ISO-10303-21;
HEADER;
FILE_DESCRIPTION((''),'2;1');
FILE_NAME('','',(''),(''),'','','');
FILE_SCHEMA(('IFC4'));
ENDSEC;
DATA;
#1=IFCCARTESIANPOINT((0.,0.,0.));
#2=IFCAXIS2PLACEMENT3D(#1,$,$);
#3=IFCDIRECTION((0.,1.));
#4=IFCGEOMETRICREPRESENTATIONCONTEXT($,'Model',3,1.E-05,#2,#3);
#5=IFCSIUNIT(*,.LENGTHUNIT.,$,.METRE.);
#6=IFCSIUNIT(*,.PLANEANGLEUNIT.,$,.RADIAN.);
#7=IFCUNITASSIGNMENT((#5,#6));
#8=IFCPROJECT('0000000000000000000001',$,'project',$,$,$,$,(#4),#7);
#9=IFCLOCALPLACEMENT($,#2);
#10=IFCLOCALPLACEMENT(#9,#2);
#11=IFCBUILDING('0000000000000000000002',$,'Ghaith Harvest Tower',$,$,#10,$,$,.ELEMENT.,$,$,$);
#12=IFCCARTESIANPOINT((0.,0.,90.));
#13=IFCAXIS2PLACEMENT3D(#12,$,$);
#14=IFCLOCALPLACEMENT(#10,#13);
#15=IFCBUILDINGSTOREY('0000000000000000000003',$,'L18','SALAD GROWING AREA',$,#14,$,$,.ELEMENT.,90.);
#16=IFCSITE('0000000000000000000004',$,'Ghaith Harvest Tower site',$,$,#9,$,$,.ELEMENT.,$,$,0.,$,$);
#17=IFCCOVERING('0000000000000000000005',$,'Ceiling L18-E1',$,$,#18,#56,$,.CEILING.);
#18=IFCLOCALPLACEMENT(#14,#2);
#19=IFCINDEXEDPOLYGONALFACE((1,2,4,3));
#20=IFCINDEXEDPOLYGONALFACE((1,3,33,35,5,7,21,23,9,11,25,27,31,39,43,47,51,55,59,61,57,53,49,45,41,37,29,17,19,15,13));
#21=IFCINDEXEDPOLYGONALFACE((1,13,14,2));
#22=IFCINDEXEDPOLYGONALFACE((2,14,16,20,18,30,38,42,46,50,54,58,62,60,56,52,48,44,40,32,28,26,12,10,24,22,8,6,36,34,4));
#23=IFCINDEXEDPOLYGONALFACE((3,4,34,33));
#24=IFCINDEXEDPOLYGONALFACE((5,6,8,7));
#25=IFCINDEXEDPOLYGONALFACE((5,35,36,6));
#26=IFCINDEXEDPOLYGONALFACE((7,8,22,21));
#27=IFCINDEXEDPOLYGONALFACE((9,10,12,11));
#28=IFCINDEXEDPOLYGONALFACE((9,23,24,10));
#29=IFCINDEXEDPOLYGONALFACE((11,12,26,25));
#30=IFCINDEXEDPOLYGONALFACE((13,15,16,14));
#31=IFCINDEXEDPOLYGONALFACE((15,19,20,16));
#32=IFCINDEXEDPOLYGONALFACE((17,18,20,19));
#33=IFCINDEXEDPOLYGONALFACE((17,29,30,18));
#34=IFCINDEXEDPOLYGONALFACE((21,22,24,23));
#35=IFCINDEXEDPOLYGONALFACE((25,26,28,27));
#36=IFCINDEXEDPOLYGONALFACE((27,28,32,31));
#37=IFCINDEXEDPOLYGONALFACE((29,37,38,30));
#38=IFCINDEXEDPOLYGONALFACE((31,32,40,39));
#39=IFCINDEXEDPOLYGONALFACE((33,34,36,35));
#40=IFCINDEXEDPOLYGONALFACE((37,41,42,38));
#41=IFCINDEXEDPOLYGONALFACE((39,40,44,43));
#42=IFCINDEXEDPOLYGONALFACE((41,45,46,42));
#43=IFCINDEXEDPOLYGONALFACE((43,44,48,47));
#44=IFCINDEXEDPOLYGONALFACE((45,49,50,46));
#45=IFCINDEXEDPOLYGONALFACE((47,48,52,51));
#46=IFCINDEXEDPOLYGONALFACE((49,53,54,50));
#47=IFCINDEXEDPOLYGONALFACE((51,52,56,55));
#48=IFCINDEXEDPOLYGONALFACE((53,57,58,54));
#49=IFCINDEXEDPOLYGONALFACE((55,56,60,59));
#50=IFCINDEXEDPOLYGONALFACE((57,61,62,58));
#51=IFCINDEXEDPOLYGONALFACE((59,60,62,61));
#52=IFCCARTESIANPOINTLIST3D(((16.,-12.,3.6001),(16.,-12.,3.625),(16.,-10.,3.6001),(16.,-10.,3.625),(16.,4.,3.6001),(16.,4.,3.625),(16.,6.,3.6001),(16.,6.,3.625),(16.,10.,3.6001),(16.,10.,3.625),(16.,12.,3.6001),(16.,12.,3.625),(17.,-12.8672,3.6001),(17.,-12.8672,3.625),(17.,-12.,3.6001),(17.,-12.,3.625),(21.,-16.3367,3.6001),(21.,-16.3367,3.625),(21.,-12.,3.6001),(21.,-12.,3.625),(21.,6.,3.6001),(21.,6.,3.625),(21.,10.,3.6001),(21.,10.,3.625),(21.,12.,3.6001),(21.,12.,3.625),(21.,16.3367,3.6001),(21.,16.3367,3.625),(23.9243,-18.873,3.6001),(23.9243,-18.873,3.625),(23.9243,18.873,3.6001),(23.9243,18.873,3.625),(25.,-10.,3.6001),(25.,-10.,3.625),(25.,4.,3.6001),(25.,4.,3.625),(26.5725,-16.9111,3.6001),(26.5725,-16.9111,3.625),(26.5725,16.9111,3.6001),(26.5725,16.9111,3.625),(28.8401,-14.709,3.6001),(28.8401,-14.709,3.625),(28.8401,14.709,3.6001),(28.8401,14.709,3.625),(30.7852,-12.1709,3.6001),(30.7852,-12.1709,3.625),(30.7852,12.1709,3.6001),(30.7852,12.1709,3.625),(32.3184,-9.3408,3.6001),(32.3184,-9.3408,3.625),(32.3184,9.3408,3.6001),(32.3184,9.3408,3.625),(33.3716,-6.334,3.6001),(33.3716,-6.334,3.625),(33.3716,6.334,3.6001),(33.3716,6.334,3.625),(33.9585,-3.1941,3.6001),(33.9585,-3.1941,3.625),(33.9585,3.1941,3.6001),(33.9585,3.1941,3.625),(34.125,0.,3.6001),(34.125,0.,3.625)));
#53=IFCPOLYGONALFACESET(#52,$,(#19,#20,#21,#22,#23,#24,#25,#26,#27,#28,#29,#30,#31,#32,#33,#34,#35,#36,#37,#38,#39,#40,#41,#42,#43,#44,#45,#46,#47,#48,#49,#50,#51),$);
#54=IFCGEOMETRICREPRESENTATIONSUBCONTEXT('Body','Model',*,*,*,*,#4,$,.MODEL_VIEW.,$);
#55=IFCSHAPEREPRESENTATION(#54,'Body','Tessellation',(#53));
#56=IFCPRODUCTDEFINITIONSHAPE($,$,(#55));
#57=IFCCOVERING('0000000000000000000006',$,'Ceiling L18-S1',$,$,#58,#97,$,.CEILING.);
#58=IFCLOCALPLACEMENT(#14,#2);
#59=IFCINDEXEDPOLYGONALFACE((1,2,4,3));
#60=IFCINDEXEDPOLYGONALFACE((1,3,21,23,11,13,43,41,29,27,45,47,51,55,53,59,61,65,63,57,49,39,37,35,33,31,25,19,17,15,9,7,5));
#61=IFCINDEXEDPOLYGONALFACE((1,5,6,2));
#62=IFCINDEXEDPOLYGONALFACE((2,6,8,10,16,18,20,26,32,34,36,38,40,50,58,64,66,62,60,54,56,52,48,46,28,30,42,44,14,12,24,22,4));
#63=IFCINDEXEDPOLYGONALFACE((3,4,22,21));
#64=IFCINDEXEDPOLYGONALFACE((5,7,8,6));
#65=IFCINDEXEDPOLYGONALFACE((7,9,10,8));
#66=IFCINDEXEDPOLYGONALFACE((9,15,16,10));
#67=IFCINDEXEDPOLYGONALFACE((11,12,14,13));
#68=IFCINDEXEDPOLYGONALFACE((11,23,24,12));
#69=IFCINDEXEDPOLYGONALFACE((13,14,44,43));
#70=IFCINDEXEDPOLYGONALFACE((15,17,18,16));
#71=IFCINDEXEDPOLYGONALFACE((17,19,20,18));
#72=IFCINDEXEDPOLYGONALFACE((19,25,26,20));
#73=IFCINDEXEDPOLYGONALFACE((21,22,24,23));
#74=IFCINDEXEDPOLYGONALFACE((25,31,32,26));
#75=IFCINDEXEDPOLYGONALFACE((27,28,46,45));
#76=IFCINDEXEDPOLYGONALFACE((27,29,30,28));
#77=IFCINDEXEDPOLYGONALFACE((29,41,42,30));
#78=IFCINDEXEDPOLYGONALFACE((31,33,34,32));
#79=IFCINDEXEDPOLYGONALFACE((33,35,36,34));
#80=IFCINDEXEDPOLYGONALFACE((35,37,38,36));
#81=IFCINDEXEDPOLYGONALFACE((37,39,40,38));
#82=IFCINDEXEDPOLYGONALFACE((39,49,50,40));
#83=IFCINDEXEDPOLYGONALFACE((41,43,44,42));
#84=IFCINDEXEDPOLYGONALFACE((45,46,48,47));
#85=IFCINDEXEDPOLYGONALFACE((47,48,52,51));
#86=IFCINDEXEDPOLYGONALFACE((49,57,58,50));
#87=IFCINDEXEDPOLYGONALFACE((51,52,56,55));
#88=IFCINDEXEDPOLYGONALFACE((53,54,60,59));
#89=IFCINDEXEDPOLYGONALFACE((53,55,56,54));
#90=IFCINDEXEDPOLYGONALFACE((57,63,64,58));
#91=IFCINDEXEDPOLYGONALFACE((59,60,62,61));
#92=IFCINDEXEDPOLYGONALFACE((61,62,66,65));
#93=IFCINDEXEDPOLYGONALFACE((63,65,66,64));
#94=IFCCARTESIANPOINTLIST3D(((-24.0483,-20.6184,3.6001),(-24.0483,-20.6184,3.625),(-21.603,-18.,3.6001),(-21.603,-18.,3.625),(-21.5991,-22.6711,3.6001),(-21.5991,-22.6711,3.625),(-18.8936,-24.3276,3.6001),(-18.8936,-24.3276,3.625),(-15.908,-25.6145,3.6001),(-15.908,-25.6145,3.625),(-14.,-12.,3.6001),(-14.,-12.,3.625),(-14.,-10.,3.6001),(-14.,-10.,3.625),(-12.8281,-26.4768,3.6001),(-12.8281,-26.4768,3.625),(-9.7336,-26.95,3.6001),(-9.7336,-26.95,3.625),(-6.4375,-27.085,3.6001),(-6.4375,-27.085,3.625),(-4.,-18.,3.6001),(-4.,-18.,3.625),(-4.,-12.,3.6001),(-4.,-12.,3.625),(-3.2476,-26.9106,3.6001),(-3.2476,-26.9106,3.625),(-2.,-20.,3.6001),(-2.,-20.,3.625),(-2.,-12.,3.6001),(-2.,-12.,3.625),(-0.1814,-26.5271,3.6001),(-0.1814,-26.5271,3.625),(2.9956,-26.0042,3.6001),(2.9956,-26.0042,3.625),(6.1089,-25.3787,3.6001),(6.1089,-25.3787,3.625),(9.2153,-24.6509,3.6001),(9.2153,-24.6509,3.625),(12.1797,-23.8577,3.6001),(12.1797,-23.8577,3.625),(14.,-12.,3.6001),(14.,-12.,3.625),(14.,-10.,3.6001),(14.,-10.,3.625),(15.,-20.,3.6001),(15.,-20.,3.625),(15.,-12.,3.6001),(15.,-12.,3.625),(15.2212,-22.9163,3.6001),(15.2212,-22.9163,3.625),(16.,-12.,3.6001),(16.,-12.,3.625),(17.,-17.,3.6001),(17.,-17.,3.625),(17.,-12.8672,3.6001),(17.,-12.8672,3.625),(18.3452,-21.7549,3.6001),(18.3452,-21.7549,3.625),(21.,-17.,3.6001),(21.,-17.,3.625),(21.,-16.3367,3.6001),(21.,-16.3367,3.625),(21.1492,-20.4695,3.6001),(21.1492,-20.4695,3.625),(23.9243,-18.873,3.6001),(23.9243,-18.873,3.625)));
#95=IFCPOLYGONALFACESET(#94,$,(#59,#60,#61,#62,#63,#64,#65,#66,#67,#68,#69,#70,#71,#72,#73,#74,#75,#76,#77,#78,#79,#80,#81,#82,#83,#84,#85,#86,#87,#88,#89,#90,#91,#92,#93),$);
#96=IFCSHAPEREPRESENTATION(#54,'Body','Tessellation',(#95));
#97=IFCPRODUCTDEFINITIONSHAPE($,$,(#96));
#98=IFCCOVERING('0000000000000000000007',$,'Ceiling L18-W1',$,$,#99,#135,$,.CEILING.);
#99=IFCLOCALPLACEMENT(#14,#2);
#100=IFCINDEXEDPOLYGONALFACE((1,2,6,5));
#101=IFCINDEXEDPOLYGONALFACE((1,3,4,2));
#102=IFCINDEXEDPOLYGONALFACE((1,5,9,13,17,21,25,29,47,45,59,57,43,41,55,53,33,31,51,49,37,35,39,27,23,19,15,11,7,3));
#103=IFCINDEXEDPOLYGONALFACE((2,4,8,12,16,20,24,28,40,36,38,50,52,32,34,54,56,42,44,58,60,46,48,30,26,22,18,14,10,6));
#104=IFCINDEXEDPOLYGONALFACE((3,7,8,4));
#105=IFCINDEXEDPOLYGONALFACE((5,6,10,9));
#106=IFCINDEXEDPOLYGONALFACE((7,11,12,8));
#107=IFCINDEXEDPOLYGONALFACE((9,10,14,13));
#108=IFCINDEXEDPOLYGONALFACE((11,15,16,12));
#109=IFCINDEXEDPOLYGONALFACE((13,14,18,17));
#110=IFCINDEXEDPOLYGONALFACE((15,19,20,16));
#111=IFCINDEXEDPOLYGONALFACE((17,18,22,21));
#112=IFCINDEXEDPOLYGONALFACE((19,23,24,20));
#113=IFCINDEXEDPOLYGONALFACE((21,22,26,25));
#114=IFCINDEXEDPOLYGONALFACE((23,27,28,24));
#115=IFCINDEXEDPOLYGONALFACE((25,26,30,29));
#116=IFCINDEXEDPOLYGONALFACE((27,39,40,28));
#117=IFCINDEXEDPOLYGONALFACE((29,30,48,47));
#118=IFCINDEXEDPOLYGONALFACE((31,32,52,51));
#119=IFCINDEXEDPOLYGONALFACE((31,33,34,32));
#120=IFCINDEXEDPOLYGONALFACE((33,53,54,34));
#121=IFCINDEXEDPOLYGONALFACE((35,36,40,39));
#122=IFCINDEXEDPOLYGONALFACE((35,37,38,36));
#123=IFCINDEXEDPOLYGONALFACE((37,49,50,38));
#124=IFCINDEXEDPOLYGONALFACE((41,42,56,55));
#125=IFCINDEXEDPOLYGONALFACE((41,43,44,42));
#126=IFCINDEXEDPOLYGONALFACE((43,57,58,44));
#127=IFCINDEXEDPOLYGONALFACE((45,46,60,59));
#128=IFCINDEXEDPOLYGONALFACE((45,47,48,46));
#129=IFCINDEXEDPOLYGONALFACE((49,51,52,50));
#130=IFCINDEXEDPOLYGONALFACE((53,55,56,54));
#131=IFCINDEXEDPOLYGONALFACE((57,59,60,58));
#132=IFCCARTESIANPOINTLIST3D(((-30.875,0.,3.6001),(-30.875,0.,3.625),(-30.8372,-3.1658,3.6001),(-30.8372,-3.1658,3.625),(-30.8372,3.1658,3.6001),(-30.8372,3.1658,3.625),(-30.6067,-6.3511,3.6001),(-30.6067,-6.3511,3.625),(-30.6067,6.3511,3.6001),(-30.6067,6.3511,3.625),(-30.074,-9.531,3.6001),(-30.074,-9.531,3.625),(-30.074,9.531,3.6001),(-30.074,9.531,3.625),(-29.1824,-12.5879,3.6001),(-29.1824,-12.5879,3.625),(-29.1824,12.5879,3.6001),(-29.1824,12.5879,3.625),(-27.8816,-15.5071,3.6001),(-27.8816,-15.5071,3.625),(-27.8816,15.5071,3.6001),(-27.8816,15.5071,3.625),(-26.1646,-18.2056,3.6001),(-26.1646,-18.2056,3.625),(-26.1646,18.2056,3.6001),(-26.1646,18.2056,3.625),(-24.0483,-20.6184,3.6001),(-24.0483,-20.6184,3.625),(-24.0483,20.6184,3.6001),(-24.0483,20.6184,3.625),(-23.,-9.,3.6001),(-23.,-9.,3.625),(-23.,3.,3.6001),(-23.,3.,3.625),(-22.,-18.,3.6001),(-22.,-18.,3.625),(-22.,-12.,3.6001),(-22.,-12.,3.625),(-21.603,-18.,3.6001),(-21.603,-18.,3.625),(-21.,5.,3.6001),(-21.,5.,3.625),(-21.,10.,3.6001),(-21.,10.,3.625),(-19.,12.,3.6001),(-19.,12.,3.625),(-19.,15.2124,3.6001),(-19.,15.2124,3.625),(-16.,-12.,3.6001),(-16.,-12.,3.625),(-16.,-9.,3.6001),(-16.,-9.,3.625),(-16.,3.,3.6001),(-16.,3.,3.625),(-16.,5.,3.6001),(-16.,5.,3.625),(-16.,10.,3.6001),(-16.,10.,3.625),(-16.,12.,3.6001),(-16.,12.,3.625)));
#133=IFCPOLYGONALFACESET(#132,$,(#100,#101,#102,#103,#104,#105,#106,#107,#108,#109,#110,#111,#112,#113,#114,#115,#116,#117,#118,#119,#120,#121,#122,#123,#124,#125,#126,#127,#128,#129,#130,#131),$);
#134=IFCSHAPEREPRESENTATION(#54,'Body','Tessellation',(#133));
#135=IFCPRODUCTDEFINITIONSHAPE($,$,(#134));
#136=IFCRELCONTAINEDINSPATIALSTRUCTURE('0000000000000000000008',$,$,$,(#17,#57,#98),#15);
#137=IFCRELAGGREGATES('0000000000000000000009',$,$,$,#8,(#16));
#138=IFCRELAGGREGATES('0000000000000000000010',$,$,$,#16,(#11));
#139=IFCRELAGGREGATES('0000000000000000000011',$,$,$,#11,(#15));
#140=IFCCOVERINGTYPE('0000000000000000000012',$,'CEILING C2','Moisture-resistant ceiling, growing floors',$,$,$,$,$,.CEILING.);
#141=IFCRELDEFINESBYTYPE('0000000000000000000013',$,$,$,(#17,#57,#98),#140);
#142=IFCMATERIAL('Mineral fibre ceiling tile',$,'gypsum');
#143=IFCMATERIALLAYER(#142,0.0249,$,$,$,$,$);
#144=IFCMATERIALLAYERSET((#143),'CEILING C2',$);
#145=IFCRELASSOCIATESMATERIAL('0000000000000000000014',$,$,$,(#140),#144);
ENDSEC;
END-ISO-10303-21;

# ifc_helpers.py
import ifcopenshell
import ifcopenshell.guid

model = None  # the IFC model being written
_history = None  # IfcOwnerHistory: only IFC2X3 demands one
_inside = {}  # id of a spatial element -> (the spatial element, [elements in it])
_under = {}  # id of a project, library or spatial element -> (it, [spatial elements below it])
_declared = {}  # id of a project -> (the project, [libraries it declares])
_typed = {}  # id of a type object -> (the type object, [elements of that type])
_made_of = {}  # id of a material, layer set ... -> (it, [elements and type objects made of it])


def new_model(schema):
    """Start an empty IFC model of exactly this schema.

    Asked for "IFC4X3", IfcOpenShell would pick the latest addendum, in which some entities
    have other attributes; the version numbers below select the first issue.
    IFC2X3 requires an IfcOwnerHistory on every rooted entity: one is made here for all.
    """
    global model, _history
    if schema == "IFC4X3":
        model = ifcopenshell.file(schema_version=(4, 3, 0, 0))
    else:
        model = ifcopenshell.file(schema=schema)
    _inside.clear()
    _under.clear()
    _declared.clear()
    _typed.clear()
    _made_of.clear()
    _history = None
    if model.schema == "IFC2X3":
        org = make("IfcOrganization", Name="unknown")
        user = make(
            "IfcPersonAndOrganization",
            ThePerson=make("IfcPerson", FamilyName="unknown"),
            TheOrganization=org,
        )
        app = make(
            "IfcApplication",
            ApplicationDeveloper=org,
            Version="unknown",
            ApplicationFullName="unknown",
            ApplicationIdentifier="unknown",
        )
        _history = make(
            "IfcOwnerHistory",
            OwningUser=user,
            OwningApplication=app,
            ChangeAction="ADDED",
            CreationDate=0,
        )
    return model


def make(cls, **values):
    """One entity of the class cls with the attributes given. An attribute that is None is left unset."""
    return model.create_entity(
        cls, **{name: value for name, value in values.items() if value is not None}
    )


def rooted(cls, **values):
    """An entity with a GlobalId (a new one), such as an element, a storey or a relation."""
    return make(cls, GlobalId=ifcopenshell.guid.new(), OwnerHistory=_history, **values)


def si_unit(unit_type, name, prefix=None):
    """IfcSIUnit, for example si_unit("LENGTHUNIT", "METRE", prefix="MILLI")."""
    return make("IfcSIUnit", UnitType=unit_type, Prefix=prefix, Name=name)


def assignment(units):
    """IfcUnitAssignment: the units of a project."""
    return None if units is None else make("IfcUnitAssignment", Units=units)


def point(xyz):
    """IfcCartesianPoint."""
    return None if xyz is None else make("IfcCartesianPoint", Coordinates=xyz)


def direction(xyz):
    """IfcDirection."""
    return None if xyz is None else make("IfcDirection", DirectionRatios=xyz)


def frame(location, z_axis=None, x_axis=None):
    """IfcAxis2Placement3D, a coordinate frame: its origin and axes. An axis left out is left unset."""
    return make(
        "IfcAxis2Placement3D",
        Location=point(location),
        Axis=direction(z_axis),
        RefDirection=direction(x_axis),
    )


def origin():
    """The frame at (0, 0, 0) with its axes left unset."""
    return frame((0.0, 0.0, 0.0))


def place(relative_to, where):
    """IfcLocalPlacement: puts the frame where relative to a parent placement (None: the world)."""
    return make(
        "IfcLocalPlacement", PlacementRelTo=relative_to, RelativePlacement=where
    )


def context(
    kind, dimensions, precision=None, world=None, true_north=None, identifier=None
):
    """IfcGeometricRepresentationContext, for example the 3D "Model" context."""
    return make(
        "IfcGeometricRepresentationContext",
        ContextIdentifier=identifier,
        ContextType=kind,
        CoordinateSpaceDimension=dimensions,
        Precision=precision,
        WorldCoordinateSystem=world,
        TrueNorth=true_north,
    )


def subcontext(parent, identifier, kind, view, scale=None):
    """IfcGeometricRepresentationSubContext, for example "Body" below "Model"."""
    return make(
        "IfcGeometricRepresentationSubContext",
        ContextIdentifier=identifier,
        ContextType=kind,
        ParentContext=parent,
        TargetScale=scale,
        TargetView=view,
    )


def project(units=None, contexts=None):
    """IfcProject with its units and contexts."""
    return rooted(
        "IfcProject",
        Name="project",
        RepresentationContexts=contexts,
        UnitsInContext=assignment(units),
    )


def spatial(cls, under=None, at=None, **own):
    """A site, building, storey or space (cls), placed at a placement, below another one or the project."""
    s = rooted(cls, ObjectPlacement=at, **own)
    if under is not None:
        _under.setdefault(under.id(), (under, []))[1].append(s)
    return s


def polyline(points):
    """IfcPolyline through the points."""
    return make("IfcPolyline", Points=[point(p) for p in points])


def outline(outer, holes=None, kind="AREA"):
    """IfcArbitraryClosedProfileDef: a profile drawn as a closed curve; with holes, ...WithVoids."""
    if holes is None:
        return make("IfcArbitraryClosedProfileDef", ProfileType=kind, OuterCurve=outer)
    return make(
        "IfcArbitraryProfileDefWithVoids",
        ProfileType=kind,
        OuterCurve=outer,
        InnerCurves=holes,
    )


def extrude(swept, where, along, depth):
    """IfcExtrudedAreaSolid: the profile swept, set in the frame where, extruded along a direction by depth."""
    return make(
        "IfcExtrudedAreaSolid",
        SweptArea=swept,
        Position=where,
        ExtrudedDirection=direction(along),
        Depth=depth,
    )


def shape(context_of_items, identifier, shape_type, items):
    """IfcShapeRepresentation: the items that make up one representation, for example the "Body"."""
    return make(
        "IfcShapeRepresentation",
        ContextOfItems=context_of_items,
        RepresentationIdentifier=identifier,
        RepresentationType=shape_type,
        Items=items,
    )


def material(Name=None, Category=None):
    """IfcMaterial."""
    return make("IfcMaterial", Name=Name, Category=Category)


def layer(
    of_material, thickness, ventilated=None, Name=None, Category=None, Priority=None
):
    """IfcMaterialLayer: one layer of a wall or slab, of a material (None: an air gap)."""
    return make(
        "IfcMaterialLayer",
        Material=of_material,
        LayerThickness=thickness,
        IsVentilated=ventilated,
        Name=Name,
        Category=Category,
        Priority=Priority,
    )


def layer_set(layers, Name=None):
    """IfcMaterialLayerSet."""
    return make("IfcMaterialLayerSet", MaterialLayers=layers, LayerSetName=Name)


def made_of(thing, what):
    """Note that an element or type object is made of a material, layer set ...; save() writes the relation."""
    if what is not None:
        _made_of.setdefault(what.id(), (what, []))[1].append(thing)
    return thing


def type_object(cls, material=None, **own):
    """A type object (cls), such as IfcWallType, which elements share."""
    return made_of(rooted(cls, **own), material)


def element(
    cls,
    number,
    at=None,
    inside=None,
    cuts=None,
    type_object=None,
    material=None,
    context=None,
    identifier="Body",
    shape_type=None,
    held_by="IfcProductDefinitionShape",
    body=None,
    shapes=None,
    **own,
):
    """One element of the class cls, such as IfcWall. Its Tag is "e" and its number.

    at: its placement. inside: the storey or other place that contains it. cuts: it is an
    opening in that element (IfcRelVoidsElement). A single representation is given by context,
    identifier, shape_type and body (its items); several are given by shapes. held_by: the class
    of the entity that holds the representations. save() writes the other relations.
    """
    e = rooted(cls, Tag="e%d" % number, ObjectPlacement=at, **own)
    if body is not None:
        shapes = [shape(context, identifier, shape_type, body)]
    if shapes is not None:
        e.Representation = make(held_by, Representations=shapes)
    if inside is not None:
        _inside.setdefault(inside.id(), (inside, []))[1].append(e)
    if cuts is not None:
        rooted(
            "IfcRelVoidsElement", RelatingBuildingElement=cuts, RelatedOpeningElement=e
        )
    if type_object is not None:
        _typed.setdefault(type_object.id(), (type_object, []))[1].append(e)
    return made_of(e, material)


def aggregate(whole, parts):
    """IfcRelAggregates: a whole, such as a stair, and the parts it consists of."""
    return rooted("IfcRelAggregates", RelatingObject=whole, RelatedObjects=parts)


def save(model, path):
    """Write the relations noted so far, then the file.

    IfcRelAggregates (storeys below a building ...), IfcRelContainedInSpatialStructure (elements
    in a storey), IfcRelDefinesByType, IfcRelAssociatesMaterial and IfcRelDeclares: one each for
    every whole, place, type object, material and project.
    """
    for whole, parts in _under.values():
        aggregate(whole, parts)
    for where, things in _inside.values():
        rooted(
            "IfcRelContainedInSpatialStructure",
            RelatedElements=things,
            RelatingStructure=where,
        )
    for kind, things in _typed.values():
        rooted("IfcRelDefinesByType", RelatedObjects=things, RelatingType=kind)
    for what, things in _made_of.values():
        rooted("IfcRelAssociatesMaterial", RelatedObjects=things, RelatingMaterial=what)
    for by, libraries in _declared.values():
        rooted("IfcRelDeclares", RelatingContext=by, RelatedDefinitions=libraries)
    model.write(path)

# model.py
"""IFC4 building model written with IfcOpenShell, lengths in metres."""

from ifc_helpers import new_model, si_unit, direction, frame, origin, place, context, subcontext, project, spatial, polyline, outline, extrude, material, layer, layer_set, type_object, element, save


model = new_model("IFC4")

# Units and contexts
model_context = context("Model", 3, precision=1e-05, world=origin(), true_north=direction((0.0, 1.0)))
body_context = subcontext(model_context, "Body", "Model", "MODEL_VIEW")
ifc_project = project(units=[si_unit("LENGTHUNIT", "METRE"), si_unit("PLANEANGLEUNIT", "RADIAN")], contexts=[model_context])

# Site, building, storey
site_placement = place(None, origin())
site = spatial("IfcSite", under=ifc_project, at=site_placement, Name="Ghaith Harvest Tower site", CompositionType="ELEMENT", RefElevation=0.0)
building_placement = place(site_placement, origin())
building = spatial("IfcBuilding", under=site, at=building_placement, Name="Ghaith Harvest Tower", CompositionType="ELEMENT")
storey_placement = place(building_placement, frame((0.0, 0.0, 90.0)))
storey = spatial("IfcBuildingStorey", under=building, at=storey_placement, Name="L18", Description="SALAD GROWING AREA", CompositionType="ELEMENT", Elevation=90.0)

# Coverings
ifc_material_1 = material(Name="Mineral fibre ceiling tile", Category="gypsum")
ifc_layer_1 = layer(ifc_material_1, 0.0249)
ifc_layer_set_1 = layer_set([ifc_layer_1], Name="CEILING C2")
covering_type = type_object("IfcCoveringType", Name="CEILING C2", Description="Moisture-resistant ceiling, growing floors", PredefinedType="CEILING", material=ifc_layer_set_1)
covering_1_placement = place(storey_placement, frame((0.0, 0.0, 3.6001)))
element("IfcCovering", 1, at=covering_1_placement, inside=storey, type_object=covering_type, Name="Ceiling L18-E1", PredefinedType="CEILING", context=body_context, shape_type="SweptSolid", body=[
    extrude(outline(polyline([(26.5725, 16.9111), (28.8401, 14.709), (30.7852, 12.1709), (32.3184, 9.3408), (33.3716, 6.334), (33.9585, 3.1941), (34.125, 0.0), (33.9585, -3.1941), (33.3716, -6.334), (32.3184, -9.3408), (30.7852, -12.1709), (28.8401, -14.709), (26.5725, -16.9111), (23.9243, -18.873), (21.0, -16.3367), (21.0, -12.0), (17.0, -12.0), (17.0, -12.8672), (16.0, -12.0), (16.0, -10.0), (25.0, -10.0), (25.0, 4.0), (16.0, 4.0), (16.0, 6.0), (21.0, 6.0), (21.0, 10.0), (16.0, 10.0), (16.0, 12.0), (21.0, 12.0), (21.0, 16.3367), (23.9243, 18.873), (26.5725, 16.9111)])), origin(), (0.0, 0.0, 1.0), 0.0249),
])
covering_2_placement = place(storey_placement, frame((0.0, 0.0, 3.6001)))
element("IfcCovering", 2, at=covering_2_placement, inside=storey, type_object=covering_type, Name="Ceiling L18-S1", PredefinedType="CEILING", context=body_context, shape_type="SweptSolid", body=[
    extrude(outline(polyline([(-21.5991, -22.6711), (-24.0483, -20.6184), (-21.603, -18.0), (-4.0, -18.0), (-4.0, -12.0), (-14.0, -12.0), (-14.0, -10.0), (14.0, -10.0), (14.0, -12.0), (-2.0, -12.0), (-2.0, -20.0), (15.0, -20.0), (15.0, -12.0), (16.0, -12.0), (17.0, -12.8672), (17.0, -17.0), (21.0, -17.0), (21.0, -16.3367), (23.9243, -18.873), (21.1492, -20.4695), (18.3452, -21.7549), (15.2212, -22.9163), (12.1797, -23.8577), (9.2153, -24.6509), (6.1089, -25.3787), (2.9956, -26.0042), (-0.1814, -26.5271), (-3.2476, -26.9106), (-6.4375, -27.085), (-9.7336, -26.95), (-12.8281, -26.4768), (-15.908, -25.6145), (-18.8936, -24.3276), (-21.5991, -22.6711)])), origin(), (0.0, 0.0, 1.0), 0.0249),
])
covering_3_placement = place(storey_placement, frame((0.0, 0.0, 3.6001)))
element("IfcCovering", 3, at=covering_3_placement, inside=storey, type_object=covering_type, Name="Ceiling L18-W1", PredefinedType="CEILING", context=body_context, shape_type="SweptSolid", body=[
    extrude(outline(polyline([(-26.1646, -18.2056), (-27.8816, -15.5071), (-29.1824, -12.5879), (-30.074, -9.531), (-30.6067, -6.3511), (-30.8372, -3.1658), (-30.875, 0.0), (-30.8372, 3.1658), (-30.6067, 6.3511), (-30.074, 9.531), (-29.1824, 12.5879), (-27.8816, 15.5071), (-26.1646, 18.2056), (-24.0483, 20.6184), (-19.0, 15.2124), (-19.0, 12.0), (-16.0, 12.0), (-16.0, 10.0), (-21.0, 10.0), (-21.0, 5.0), (-16.0, 5.0), (-16.0, 3.0), (-23.0, 3.0), (-23.0, -9.0), (-16.0, -9.0), (-16.0, -12.0), (-22.0, -12.0), (-22.0, -18.0), (-21.603, -18.0), (-24.0483, -20.6184), (-26.1646, -18.2056)])), origin(), (0.0, 0.0, 1.0), 0.0249),
])

save(model, "model.ifc")
